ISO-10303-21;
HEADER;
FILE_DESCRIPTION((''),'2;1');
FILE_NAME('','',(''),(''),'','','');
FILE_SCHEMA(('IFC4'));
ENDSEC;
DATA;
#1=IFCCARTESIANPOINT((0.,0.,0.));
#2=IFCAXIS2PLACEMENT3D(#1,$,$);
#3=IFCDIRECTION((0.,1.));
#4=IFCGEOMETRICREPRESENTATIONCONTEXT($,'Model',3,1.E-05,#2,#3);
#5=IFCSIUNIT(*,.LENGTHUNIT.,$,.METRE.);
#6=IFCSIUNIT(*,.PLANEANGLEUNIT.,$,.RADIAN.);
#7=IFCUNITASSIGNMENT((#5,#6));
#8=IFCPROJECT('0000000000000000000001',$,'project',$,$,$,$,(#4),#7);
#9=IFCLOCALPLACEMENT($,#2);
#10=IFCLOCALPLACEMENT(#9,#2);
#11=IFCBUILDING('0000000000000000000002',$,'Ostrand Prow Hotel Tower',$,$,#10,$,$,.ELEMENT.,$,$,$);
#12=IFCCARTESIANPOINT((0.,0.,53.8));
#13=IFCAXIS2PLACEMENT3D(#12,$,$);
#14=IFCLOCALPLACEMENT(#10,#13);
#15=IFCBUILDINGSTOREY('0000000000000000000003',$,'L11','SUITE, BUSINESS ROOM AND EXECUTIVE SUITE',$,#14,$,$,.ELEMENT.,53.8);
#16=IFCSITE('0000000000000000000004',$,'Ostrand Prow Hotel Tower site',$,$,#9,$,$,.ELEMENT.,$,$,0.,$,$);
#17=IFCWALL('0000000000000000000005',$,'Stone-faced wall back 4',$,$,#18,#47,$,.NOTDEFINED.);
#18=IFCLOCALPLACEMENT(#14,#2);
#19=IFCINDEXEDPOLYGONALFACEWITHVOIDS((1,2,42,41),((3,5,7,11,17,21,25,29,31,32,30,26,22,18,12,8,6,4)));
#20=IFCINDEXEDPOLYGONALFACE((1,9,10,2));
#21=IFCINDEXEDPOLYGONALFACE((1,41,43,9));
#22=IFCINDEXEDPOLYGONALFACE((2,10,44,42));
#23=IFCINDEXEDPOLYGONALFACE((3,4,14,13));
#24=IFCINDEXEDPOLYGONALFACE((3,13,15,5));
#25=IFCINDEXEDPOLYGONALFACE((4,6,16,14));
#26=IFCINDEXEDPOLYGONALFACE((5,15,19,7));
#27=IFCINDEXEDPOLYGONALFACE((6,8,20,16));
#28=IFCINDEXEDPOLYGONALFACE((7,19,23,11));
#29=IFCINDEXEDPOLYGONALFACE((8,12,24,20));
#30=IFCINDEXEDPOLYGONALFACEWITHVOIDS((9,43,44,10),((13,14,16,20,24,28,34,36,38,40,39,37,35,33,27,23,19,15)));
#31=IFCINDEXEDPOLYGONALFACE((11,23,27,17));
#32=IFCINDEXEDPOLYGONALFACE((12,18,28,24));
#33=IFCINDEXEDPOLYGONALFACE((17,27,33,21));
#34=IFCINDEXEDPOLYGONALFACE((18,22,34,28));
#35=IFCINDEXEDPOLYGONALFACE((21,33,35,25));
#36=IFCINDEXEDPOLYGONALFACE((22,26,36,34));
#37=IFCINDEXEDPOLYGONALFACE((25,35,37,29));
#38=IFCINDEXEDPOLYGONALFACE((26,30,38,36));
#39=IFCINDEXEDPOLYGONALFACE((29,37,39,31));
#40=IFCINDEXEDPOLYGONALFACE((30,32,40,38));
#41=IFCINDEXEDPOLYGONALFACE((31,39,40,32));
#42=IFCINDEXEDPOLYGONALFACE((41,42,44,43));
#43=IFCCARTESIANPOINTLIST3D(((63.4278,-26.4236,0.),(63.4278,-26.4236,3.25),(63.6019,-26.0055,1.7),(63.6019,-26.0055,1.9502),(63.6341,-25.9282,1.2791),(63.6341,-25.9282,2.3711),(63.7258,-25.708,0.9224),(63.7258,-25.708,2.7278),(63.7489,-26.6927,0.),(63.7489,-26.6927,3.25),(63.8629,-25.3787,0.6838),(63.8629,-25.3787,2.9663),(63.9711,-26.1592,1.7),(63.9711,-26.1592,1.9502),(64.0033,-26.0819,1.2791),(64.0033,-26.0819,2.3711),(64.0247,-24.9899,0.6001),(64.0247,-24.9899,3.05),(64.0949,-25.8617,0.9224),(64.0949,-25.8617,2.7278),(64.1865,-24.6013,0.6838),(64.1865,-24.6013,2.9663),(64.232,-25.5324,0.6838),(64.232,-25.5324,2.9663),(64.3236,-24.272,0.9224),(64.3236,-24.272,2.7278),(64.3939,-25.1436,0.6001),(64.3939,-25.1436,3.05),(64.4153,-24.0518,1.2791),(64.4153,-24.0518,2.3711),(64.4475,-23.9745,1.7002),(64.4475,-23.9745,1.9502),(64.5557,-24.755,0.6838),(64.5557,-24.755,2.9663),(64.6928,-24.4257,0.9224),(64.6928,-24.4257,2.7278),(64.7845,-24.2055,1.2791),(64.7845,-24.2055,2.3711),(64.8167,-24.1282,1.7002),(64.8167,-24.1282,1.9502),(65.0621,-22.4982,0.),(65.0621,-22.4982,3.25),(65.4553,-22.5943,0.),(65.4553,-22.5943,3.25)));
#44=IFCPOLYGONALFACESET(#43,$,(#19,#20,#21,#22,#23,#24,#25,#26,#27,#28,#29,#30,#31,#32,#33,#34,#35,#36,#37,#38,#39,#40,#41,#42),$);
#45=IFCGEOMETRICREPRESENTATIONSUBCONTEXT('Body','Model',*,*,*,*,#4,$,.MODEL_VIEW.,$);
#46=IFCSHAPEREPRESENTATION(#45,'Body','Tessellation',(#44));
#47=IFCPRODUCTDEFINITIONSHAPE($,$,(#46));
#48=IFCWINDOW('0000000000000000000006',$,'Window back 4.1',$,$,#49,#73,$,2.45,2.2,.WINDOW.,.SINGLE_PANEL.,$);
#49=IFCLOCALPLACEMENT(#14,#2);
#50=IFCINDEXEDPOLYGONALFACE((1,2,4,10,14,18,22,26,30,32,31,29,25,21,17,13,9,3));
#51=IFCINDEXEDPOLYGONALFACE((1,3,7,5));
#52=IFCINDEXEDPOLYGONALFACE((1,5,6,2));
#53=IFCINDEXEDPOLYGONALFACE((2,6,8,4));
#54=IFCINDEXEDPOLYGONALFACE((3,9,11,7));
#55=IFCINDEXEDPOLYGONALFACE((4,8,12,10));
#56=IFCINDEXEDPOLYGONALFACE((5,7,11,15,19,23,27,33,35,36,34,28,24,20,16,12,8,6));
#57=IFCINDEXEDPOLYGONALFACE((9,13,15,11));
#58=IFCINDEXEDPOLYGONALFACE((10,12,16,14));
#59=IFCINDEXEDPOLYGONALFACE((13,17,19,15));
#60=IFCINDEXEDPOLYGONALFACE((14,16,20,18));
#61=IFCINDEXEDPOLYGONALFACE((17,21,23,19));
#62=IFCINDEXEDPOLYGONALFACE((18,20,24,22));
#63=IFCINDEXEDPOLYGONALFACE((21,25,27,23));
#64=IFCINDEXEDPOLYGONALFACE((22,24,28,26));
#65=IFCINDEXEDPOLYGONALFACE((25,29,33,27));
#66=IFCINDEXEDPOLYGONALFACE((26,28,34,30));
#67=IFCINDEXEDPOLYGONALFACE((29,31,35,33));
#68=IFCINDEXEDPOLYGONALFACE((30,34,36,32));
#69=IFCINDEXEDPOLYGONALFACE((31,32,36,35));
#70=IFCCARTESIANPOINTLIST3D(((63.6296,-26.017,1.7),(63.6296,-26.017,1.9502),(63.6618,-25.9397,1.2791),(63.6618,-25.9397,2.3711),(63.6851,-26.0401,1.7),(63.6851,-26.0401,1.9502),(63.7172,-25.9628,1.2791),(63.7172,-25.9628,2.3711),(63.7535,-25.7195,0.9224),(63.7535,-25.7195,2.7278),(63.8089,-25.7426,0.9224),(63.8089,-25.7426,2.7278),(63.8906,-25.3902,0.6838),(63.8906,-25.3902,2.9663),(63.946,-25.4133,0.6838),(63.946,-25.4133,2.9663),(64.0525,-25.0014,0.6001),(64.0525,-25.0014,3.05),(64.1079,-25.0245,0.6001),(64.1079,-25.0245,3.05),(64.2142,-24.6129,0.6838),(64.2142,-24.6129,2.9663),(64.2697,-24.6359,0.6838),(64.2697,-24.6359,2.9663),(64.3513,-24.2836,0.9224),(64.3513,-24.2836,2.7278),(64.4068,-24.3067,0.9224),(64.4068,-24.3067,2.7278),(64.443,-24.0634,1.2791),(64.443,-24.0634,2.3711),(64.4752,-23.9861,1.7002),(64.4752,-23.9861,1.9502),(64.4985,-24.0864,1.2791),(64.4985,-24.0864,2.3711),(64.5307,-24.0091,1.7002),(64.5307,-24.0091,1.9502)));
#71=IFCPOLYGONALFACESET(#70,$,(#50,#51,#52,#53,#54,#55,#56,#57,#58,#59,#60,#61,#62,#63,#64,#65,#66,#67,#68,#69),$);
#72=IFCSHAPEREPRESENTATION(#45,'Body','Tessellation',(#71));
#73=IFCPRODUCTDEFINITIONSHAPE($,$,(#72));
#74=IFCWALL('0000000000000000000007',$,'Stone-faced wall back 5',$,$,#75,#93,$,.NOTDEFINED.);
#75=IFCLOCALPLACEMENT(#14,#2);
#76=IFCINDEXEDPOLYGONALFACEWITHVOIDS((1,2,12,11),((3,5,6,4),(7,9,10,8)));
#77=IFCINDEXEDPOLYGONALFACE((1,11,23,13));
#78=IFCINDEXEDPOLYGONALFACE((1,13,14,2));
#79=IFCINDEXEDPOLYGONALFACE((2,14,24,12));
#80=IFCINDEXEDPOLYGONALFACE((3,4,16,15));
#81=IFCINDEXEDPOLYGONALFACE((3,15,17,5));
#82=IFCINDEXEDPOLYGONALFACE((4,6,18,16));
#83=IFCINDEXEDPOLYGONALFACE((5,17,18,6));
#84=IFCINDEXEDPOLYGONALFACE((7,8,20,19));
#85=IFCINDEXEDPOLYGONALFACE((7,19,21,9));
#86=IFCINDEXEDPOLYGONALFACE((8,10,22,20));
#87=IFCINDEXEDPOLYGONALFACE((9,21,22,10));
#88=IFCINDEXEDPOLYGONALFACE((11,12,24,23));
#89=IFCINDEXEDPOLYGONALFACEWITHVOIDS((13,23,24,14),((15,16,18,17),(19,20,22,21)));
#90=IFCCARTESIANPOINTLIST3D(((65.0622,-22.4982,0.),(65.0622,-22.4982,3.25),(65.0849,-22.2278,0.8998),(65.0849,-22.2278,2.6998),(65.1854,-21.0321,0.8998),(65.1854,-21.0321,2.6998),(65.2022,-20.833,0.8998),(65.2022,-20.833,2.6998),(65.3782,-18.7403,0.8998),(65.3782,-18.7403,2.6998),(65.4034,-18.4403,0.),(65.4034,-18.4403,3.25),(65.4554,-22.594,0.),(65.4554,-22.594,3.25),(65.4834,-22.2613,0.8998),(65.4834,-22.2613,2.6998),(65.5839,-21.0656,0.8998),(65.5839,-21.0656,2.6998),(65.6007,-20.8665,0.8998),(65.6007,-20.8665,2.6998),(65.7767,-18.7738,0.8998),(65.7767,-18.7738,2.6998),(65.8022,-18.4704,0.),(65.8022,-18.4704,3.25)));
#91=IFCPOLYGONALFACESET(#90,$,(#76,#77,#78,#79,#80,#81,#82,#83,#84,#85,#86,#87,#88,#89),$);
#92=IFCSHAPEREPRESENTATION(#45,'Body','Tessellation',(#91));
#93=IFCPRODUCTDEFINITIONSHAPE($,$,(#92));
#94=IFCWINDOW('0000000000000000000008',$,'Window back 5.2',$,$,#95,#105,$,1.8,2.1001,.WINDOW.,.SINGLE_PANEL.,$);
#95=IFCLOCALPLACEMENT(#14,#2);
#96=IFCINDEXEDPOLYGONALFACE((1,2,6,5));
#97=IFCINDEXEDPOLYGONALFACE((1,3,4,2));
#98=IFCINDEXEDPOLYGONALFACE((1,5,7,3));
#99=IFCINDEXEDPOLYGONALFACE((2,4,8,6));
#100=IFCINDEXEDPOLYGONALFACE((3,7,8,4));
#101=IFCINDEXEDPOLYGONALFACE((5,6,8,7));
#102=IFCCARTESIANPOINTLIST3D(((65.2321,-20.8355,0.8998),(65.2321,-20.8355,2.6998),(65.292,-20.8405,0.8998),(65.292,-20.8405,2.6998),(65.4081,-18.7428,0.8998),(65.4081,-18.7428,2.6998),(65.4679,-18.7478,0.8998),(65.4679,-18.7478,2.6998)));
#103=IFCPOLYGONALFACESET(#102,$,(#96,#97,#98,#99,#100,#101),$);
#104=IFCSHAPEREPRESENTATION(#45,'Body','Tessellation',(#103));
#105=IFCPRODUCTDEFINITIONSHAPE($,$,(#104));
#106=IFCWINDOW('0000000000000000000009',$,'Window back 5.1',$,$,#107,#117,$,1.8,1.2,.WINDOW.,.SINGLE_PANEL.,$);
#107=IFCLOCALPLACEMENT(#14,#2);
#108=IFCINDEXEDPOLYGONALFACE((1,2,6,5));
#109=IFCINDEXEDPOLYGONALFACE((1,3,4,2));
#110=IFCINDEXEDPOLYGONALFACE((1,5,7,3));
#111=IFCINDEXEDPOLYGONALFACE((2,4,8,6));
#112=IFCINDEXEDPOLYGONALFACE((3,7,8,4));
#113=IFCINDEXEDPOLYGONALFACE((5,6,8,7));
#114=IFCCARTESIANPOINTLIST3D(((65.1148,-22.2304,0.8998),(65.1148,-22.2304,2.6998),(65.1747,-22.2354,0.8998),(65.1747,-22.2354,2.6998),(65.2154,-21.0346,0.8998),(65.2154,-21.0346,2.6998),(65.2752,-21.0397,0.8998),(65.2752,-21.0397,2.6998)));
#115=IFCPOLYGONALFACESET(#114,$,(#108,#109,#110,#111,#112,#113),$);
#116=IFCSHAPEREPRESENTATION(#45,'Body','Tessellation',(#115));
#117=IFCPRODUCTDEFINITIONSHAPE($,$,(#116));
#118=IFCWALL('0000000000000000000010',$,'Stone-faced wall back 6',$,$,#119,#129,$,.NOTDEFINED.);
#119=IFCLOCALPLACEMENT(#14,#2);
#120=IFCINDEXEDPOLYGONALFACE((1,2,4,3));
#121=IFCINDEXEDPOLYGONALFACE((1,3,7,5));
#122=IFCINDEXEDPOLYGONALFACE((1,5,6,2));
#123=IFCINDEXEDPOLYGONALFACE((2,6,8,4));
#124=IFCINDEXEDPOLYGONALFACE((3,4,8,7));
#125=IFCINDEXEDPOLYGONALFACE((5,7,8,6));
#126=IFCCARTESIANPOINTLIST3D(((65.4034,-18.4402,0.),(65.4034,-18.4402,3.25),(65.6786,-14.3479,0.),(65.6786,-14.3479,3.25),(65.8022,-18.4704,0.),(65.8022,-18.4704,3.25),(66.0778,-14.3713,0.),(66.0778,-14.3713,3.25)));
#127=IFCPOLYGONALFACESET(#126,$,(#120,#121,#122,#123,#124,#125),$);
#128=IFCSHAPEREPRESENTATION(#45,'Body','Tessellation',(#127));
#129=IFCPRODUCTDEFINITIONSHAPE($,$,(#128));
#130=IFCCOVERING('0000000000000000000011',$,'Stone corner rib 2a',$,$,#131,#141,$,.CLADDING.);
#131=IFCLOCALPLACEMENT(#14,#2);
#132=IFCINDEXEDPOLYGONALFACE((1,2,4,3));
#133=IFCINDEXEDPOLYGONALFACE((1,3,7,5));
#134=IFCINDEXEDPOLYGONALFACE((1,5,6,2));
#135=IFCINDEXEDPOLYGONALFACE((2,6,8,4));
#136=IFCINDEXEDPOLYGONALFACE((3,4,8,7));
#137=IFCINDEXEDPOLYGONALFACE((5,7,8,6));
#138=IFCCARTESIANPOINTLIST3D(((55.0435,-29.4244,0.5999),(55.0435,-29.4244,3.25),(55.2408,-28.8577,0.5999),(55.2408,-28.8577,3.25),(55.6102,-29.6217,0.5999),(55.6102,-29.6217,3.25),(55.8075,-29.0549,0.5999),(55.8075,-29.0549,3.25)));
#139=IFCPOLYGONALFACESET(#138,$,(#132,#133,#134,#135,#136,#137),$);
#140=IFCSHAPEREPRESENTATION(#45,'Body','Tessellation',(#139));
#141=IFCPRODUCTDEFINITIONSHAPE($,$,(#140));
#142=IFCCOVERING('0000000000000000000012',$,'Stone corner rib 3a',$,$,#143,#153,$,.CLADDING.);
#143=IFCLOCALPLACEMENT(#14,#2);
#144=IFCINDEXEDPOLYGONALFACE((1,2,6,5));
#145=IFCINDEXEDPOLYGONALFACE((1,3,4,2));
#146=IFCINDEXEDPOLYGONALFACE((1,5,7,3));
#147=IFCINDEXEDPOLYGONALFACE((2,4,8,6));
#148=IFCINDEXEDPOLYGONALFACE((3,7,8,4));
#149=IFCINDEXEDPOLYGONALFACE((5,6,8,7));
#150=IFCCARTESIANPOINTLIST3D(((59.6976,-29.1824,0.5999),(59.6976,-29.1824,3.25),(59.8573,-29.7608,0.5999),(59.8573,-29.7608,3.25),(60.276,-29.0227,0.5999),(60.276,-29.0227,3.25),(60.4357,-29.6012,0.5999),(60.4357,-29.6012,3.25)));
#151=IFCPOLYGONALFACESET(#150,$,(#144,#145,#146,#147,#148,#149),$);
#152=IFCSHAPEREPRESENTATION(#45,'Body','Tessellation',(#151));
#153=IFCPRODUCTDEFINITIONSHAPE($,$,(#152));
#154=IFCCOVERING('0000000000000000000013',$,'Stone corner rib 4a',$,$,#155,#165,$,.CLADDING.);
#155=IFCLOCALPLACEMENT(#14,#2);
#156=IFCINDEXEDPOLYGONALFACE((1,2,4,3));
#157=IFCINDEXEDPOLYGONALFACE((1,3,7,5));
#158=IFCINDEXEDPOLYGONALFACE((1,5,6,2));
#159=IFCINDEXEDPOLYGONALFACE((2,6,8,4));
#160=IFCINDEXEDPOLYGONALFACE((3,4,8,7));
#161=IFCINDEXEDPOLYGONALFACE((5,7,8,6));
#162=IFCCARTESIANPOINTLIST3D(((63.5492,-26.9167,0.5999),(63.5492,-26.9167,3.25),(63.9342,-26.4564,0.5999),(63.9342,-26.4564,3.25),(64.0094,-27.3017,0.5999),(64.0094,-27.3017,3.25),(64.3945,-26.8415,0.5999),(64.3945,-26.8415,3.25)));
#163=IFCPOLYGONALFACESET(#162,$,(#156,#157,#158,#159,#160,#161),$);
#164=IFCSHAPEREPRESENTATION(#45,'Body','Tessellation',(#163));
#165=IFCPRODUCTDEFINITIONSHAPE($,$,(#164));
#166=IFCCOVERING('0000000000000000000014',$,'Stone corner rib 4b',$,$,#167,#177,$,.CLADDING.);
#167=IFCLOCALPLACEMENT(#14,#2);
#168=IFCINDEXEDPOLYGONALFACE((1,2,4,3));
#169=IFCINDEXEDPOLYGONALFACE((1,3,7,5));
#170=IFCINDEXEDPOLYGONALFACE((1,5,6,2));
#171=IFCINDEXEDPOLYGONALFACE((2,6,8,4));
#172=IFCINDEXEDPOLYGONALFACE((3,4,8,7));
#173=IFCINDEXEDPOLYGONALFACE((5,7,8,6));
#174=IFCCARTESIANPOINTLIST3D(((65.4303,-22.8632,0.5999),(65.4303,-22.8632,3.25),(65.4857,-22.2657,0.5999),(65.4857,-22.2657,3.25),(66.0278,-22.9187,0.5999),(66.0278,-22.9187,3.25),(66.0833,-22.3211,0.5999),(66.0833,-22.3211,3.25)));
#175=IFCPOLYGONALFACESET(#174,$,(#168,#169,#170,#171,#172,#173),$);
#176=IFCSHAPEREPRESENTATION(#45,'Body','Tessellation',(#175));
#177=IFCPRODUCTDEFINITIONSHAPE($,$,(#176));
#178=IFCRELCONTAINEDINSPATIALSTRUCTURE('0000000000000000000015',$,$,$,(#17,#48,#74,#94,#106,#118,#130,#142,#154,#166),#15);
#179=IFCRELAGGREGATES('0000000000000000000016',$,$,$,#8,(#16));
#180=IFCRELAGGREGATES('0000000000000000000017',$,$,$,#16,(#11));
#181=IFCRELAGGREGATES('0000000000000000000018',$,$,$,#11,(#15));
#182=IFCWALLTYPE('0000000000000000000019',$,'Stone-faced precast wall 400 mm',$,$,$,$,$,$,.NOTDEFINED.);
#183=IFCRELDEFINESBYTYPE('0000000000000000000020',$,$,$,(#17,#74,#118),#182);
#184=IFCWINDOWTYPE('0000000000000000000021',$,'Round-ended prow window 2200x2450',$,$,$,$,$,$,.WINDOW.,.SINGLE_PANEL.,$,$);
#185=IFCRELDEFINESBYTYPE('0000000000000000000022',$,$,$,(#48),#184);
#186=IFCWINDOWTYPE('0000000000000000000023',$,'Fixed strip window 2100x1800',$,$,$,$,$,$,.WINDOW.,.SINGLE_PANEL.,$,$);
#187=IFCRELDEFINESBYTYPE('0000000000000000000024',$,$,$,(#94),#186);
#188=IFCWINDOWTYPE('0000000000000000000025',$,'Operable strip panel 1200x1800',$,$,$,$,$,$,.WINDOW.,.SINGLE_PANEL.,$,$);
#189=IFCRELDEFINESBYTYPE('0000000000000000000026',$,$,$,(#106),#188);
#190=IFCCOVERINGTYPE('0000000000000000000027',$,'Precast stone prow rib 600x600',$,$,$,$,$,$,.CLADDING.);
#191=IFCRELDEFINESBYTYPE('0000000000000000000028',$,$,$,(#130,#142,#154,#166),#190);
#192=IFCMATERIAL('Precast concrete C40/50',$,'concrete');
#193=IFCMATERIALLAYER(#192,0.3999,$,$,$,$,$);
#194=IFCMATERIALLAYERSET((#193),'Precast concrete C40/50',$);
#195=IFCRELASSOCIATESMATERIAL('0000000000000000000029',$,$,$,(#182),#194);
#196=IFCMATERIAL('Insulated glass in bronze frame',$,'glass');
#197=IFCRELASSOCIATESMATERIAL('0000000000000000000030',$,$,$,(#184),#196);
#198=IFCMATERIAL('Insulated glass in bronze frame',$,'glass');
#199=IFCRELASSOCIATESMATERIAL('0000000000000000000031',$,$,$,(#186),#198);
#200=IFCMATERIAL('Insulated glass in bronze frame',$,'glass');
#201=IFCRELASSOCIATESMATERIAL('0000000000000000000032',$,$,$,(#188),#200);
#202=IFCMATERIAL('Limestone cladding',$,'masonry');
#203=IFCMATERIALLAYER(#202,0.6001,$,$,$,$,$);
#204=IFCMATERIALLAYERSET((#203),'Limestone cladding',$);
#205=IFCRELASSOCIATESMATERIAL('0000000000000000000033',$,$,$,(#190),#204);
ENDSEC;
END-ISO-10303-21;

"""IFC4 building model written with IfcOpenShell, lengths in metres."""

from ifc_helpers import new_model, si_unit, direction, frame, frame_2d, origin, place, context, subcontext, project, spatial, polyline, rectangle, outline, extrude, material, layer, layer_set, type_object, element, fill, save


model = new_model("IFC4")

# Units and contexts
model_context = context("Model", 3, precision=1e-05, world=origin(), true_north=direction((0.0, 1.0)))
body_context = subcontext(model_context, "Body", "Model", "MODEL_VIEW")
ifc_project = project(units=[si_unit("LENGTHUNIT", "METRE"), si_unit("PLANEANGLEUNIT", "RADIAN")], contexts=[model_context])

# Site, building, storey
site_placement = place(None, origin())
site = spatial("IfcSite", under=ifc_project, at=site_placement, Name="Ostrand Prow Hotel Tower site", CompositionType="ELEMENT", RefElevation=0.0)
building_placement = place(site_placement, origin())
building = spatial("IfcBuilding", under=site, at=building_placement, Name="Ostrand Prow Hotel Tower", CompositionType="ELEMENT")
storey_placement = place(building_placement, frame((0.0, 0.0, 53.8)))
storey = spatial("IfcBuildingStorey", under=building, at=storey_placement, Name="L11", Description="SUITE, BUSINESS ROOM AND EXECUTIVE SUITE", CompositionType="ELEMENT", Elevation=53.8)

# Wall, opening, window
ifc_material_1 = material(Name="Precast concrete C40/50", Category="concrete")
ifc_layer_1 = layer(ifc_material_1, 0.3999)
ifc_layer_set_1 = layer_set([ifc_layer_1], Name="Precast concrete C40/50")
wall_type_1 = type_object("IfcWallType", Name="Stone-faced precast wall 400 mm", PredefinedType="NOTDEFINED", material=ifc_layer_set_1)
ifc_material_2 = material(Name="Insulated glass in bronze frame", Category="glass")
window_type_1 = type_object("IfcWindowType", Name="Round-ended prow window 2200x2450", PartitioningType="SINGLE_PANEL", PredefinedType="WINDOW", material=ifc_material_2)
wall_1_placement = place(storey_placement, frame((63.5884, -26.5581, 0.0), z_axis=(0.0, 0.0, 1.0), x_axis=(0.384372, 0.923178, 0.0)))
wall_1 = element("IfcWall", 1, at=wall_1_placement, inside=storey, type_object=wall_type_1, Name="Stone-faced wall back 4", PredefinedType="NOTDEFINED", context=body_context, shape_type="SweptSolid", body=[
    extrude(outline(polyline([(-0.0625, -0.2), (4.377, -0.2), (4.3145, 0.2), (0.0625, 0.2), (-0.0625, -0.2)])), origin(), (0.0, 0.0, 1.0), 3.25),
])
opening_1_placement = place(wall_1_placement, frame((0.5154, 0.0, 0.6001)))
opening_1 = element("IfcOpeningElement", 2, at=opening_1_placement, cuts=wall_1, PredefinedType="OPENING", context=body_context, shape_type="SweptSolid", body=[
    extrude(outline(polyline([(0.0, 1.3501), (0.0837, 1.771), (0.3223, 2.1277), (0.679, 2.3662), (1.1001, 2.45), (1.521, 2.3662), (1.8777, 2.1277), (2.1162, 1.771), (2.2, 1.3501), (2.2, 1.1001), (2.1162, 0.679), (1.8777, 0.3223), (1.521, 0.0837), (1.1001, 0.0), (0.679, 0.0837), (0.3223, 0.3223), (0.0837, 0.679), (0.0, 1.0999), (0.0, 1.3501)])), frame((0.0, 0.21, 0.0), z_axis=(0.0, -1.0, 0.0), x_axis=(1.0, 0.0, 0.0)), (0.0, 0.0, 1.0), 0.4199),
])
window_1_placement = place(opening_1_placement, origin())
window_1 = element("IfcWindow", 3, at=window_1_placement, inside=storey, type_object=window_type_1, Name="Window back 4.1", OverallHeight=2.45, OverallWidth=2.2, PartitioningType="SINGLE_PANEL", PredefinedType="WINDOW", context=body_context, shape_type="SweptSolid", body=[
    extrude(outline(polyline([(0.0, 1.3501), (0.0837, 1.771), (0.3223, 2.1277), (0.679, 2.3662), (1.1001, 2.45), (1.521, 2.3662), (1.8777, 2.1277), (2.1162, 1.771), (2.2, 1.3501), (2.2, 1.1001), (2.1162, 0.679), (1.8777, 0.3223), (1.521, 0.0837), (1.1001, 0.0), (0.679, 0.0837), (0.3223, 0.3223), (0.0837, 0.679), (0.0, 1.0999), (0.0, 1.3501)])), frame((0.0, 0.1699, 0.0), z_axis=(0.0, -1.0, 0.0), x_axis=(1.0, 0.0, 0.0)), (0.0, 0.0, 1.0), 0.0601),
])
fill(opening_1, window_1)

# Wall, openings, windows
wall_2_placement = place(storey_placement, frame((65.2588, -22.5461, 0.0), z_axis=(0.0, 0.0, 1.0), x_axis=(0.083794, 0.996483, 0.0)))
wall_2 = element("IfcWall", 4, at=wall_2_placement, inside=storey, type_object=wall_type_1, Name="Stone-faced wall back 5", PredefinedType="NOTDEFINED", context=body_context, shape_type="SweptSolid", body=[
    extrude(outline(polyline([(-0.0312, -0.2), (4.1069, -0.2), (4.1035, 0.2), (0.0312, 0.2), (-0.0312, -0.2)])), origin(), (0.0, 0.0, 1.0), 3.25),
])
opening_2_placement = place(wall_2_placement, frame((0.3025, 0.0, 0.8999)))
opening_2 = element("IfcOpeningElement", 5, at=opening_2_placement, cuts=wall_2, PredefinedType="OPENING", context=body_context, shape_type="SweptSolid", body=[
    extrude(rectangle(XDim=1.2, YDim=1.8, at=frame_2d((0.6001, 0.8999))), frame((0.0, 0.21, 0.0), z_axis=(0.0, -1.0, 0.0), x_axis=(1.0, 0.0, 0.0)), (0.0, 0.0, 1.0), 0.4199),
])
opening_3_placement = place(wall_2_placement, frame((1.7024, 0.0, 0.8999)))
opening_3 = element("IfcOpeningElement", 6, at=opening_3_placement, cuts=wall_2, PredefinedType="OPENING", context=body_context, shape_type="SweptSolid", body=[
    extrude(rectangle(XDim=2.1001, YDim=1.8, at=frame_2d((1.05, 0.8999))), frame((0.0, 0.21, 0.0), z_axis=(0.0, -1.0, 0.0), x_axis=(1.0, 0.0, 0.0)), (0.0, 0.0, 1.0), 0.4199),
])
ifc_material_3 = material(Name="Insulated glass in bronze frame", Category="glass")
window_type_2 = type_object("IfcWindowType", Name="Fixed strip window 2100x1800", PartitioningType="SINGLE_PANEL", PredefinedType="WINDOW", material=ifc_material_3)
window_2_placement = place(opening_3_placement, origin())
window_2 = element("IfcWindow", 7, at=window_2_placement, inside=storey, type_object=window_type_2, Name="Window back 5.2", OverallHeight=1.8, OverallWidth=2.1001, PartitioningType="SINGLE_PANEL", PredefinedType="WINDOW", context=body_context, shape_type="SweptSolid", body=[
    extrude(rectangle(XDim=2.1001, YDim=1.8, at=frame_2d((1.05, 0.8999))), frame((0.0, 0.1699, 0.0), z_axis=(0.0, -1.0, 0.0), x_axis=(1.0, 0.0, 0.0)), (0.0, 0.0, 1.0), 0.0601),
])
fill(opening_3, window_2)
ifc_material_4 = material(Name="Insulated glass in bronze frame", Category="glass")
window_type_3 = type_object("IfcWindowType", Name="Operable strip panel 1200x1800", PartitioningType="SINGLE_PANEL", PredefinedType="WINDOW", material=ifc_material_4)
window_3_placement = place(opening_2_placement, origin())
window_3 = element("IfcWindow", 8, at=window_3_placement, inside=storey, type_object=window_type_3, Name="Window back 5.1", OverallHeight=1.8, OverallWidth=1.2, PartitioningType="SINGLE_PANEL", PredefinedType="WINDOW", context=body_context, shape_type="SweptSolid", body=[
    extrude(rectangle(XDim=1.2, YDim=1.8, at=frame_2d((0.6001, 0.8999))), frame((0.0, 0.1699, 0.0), z_axis=(0.0, -1.0, 0.0), x_axis=(1.0, 0.0, 0.0)), (0.0, 0.0, 1.0), 0.0601),
])
fill(opening_2, window_3)

# Wall
wall_3_placement = place(storey_placement, frame((65.6028, -18.4553, 0.0), z_axis=(0.0, 0.0, 1.0), x_axis=(0.067087, 0.997747, 0.0)))
element("IfcWall", 9, at=wall_3_placement, inside=storey, type_object=wall_type_1, Name="Stone-faced wall back 6", PredefinedType="NOTDEFINED", context=body_context, shape_type="SweptSolid", body=[
    extrude(outline(polyline([(-0.0017, -0.2), (4.1067, -0.2), (4.1033, 0.2), (0.0017, 0.2), (-0.0017, -0.2)])), origin(), (0.0, 0.0, 1.0), 3.25),
])

# Coverings
ifc_material_5 = material(Name="Limestone cladding", Category="masonry")
ifc_layer_2 = layer(ifc_material_5, 0.6001)
ifc_layer_set_2 = layer_set([ifc_layer_2], Name="Limestone cladding")
covering_type = type_object("IfcCoveringType", Name="Precast stone prow rib 600x600", PredefinedType="CLADDING", material=ifc_layer_set_2)
for number, where, z_axis, x_axis, name in (
    (10, (55.5242, -28.9563, 0.5999), (0.0, 0.0, 1.0), (-0.328773, -0.944409, 0.0), "Stone corner rib 2a"),
    (11, (59.9868, -29.1025, 0.5999), (0.0, 0.0, 1.0), (0.266112, -0.963942, 0.0), "Stone corner rib 3a"),
    (12, (63.7417, -26.6865, 0.5999), (0.0, 0.0, 1.0), (0.766986, -0.641664, 0.0), "Stone corner rib 4a"),
    (13, (65.458, -22.5645, 0.5999), (0.0, 0.0, 1.0), (0.995725, -0.09237, 0.0), "Stone corner rib 4b"),
):
    element("IfcCovering", number, at=place(storey_placement, frame(where, z_axis=z_axis, x_axis=x_axis)), inside=storey, type_object=covering_type, Name=name, PredefinedType="CLADDING", context=body_context, shape_type="SweptSolid", body=[
        extrude(rectangle(XDim=0.6001, YDim=0.6001, at=frame_2d((0.3, 0.0))), origin(), (0.0, 0.0, 1.0), 2.6501),
    ])

save(model, "model.ifc")
